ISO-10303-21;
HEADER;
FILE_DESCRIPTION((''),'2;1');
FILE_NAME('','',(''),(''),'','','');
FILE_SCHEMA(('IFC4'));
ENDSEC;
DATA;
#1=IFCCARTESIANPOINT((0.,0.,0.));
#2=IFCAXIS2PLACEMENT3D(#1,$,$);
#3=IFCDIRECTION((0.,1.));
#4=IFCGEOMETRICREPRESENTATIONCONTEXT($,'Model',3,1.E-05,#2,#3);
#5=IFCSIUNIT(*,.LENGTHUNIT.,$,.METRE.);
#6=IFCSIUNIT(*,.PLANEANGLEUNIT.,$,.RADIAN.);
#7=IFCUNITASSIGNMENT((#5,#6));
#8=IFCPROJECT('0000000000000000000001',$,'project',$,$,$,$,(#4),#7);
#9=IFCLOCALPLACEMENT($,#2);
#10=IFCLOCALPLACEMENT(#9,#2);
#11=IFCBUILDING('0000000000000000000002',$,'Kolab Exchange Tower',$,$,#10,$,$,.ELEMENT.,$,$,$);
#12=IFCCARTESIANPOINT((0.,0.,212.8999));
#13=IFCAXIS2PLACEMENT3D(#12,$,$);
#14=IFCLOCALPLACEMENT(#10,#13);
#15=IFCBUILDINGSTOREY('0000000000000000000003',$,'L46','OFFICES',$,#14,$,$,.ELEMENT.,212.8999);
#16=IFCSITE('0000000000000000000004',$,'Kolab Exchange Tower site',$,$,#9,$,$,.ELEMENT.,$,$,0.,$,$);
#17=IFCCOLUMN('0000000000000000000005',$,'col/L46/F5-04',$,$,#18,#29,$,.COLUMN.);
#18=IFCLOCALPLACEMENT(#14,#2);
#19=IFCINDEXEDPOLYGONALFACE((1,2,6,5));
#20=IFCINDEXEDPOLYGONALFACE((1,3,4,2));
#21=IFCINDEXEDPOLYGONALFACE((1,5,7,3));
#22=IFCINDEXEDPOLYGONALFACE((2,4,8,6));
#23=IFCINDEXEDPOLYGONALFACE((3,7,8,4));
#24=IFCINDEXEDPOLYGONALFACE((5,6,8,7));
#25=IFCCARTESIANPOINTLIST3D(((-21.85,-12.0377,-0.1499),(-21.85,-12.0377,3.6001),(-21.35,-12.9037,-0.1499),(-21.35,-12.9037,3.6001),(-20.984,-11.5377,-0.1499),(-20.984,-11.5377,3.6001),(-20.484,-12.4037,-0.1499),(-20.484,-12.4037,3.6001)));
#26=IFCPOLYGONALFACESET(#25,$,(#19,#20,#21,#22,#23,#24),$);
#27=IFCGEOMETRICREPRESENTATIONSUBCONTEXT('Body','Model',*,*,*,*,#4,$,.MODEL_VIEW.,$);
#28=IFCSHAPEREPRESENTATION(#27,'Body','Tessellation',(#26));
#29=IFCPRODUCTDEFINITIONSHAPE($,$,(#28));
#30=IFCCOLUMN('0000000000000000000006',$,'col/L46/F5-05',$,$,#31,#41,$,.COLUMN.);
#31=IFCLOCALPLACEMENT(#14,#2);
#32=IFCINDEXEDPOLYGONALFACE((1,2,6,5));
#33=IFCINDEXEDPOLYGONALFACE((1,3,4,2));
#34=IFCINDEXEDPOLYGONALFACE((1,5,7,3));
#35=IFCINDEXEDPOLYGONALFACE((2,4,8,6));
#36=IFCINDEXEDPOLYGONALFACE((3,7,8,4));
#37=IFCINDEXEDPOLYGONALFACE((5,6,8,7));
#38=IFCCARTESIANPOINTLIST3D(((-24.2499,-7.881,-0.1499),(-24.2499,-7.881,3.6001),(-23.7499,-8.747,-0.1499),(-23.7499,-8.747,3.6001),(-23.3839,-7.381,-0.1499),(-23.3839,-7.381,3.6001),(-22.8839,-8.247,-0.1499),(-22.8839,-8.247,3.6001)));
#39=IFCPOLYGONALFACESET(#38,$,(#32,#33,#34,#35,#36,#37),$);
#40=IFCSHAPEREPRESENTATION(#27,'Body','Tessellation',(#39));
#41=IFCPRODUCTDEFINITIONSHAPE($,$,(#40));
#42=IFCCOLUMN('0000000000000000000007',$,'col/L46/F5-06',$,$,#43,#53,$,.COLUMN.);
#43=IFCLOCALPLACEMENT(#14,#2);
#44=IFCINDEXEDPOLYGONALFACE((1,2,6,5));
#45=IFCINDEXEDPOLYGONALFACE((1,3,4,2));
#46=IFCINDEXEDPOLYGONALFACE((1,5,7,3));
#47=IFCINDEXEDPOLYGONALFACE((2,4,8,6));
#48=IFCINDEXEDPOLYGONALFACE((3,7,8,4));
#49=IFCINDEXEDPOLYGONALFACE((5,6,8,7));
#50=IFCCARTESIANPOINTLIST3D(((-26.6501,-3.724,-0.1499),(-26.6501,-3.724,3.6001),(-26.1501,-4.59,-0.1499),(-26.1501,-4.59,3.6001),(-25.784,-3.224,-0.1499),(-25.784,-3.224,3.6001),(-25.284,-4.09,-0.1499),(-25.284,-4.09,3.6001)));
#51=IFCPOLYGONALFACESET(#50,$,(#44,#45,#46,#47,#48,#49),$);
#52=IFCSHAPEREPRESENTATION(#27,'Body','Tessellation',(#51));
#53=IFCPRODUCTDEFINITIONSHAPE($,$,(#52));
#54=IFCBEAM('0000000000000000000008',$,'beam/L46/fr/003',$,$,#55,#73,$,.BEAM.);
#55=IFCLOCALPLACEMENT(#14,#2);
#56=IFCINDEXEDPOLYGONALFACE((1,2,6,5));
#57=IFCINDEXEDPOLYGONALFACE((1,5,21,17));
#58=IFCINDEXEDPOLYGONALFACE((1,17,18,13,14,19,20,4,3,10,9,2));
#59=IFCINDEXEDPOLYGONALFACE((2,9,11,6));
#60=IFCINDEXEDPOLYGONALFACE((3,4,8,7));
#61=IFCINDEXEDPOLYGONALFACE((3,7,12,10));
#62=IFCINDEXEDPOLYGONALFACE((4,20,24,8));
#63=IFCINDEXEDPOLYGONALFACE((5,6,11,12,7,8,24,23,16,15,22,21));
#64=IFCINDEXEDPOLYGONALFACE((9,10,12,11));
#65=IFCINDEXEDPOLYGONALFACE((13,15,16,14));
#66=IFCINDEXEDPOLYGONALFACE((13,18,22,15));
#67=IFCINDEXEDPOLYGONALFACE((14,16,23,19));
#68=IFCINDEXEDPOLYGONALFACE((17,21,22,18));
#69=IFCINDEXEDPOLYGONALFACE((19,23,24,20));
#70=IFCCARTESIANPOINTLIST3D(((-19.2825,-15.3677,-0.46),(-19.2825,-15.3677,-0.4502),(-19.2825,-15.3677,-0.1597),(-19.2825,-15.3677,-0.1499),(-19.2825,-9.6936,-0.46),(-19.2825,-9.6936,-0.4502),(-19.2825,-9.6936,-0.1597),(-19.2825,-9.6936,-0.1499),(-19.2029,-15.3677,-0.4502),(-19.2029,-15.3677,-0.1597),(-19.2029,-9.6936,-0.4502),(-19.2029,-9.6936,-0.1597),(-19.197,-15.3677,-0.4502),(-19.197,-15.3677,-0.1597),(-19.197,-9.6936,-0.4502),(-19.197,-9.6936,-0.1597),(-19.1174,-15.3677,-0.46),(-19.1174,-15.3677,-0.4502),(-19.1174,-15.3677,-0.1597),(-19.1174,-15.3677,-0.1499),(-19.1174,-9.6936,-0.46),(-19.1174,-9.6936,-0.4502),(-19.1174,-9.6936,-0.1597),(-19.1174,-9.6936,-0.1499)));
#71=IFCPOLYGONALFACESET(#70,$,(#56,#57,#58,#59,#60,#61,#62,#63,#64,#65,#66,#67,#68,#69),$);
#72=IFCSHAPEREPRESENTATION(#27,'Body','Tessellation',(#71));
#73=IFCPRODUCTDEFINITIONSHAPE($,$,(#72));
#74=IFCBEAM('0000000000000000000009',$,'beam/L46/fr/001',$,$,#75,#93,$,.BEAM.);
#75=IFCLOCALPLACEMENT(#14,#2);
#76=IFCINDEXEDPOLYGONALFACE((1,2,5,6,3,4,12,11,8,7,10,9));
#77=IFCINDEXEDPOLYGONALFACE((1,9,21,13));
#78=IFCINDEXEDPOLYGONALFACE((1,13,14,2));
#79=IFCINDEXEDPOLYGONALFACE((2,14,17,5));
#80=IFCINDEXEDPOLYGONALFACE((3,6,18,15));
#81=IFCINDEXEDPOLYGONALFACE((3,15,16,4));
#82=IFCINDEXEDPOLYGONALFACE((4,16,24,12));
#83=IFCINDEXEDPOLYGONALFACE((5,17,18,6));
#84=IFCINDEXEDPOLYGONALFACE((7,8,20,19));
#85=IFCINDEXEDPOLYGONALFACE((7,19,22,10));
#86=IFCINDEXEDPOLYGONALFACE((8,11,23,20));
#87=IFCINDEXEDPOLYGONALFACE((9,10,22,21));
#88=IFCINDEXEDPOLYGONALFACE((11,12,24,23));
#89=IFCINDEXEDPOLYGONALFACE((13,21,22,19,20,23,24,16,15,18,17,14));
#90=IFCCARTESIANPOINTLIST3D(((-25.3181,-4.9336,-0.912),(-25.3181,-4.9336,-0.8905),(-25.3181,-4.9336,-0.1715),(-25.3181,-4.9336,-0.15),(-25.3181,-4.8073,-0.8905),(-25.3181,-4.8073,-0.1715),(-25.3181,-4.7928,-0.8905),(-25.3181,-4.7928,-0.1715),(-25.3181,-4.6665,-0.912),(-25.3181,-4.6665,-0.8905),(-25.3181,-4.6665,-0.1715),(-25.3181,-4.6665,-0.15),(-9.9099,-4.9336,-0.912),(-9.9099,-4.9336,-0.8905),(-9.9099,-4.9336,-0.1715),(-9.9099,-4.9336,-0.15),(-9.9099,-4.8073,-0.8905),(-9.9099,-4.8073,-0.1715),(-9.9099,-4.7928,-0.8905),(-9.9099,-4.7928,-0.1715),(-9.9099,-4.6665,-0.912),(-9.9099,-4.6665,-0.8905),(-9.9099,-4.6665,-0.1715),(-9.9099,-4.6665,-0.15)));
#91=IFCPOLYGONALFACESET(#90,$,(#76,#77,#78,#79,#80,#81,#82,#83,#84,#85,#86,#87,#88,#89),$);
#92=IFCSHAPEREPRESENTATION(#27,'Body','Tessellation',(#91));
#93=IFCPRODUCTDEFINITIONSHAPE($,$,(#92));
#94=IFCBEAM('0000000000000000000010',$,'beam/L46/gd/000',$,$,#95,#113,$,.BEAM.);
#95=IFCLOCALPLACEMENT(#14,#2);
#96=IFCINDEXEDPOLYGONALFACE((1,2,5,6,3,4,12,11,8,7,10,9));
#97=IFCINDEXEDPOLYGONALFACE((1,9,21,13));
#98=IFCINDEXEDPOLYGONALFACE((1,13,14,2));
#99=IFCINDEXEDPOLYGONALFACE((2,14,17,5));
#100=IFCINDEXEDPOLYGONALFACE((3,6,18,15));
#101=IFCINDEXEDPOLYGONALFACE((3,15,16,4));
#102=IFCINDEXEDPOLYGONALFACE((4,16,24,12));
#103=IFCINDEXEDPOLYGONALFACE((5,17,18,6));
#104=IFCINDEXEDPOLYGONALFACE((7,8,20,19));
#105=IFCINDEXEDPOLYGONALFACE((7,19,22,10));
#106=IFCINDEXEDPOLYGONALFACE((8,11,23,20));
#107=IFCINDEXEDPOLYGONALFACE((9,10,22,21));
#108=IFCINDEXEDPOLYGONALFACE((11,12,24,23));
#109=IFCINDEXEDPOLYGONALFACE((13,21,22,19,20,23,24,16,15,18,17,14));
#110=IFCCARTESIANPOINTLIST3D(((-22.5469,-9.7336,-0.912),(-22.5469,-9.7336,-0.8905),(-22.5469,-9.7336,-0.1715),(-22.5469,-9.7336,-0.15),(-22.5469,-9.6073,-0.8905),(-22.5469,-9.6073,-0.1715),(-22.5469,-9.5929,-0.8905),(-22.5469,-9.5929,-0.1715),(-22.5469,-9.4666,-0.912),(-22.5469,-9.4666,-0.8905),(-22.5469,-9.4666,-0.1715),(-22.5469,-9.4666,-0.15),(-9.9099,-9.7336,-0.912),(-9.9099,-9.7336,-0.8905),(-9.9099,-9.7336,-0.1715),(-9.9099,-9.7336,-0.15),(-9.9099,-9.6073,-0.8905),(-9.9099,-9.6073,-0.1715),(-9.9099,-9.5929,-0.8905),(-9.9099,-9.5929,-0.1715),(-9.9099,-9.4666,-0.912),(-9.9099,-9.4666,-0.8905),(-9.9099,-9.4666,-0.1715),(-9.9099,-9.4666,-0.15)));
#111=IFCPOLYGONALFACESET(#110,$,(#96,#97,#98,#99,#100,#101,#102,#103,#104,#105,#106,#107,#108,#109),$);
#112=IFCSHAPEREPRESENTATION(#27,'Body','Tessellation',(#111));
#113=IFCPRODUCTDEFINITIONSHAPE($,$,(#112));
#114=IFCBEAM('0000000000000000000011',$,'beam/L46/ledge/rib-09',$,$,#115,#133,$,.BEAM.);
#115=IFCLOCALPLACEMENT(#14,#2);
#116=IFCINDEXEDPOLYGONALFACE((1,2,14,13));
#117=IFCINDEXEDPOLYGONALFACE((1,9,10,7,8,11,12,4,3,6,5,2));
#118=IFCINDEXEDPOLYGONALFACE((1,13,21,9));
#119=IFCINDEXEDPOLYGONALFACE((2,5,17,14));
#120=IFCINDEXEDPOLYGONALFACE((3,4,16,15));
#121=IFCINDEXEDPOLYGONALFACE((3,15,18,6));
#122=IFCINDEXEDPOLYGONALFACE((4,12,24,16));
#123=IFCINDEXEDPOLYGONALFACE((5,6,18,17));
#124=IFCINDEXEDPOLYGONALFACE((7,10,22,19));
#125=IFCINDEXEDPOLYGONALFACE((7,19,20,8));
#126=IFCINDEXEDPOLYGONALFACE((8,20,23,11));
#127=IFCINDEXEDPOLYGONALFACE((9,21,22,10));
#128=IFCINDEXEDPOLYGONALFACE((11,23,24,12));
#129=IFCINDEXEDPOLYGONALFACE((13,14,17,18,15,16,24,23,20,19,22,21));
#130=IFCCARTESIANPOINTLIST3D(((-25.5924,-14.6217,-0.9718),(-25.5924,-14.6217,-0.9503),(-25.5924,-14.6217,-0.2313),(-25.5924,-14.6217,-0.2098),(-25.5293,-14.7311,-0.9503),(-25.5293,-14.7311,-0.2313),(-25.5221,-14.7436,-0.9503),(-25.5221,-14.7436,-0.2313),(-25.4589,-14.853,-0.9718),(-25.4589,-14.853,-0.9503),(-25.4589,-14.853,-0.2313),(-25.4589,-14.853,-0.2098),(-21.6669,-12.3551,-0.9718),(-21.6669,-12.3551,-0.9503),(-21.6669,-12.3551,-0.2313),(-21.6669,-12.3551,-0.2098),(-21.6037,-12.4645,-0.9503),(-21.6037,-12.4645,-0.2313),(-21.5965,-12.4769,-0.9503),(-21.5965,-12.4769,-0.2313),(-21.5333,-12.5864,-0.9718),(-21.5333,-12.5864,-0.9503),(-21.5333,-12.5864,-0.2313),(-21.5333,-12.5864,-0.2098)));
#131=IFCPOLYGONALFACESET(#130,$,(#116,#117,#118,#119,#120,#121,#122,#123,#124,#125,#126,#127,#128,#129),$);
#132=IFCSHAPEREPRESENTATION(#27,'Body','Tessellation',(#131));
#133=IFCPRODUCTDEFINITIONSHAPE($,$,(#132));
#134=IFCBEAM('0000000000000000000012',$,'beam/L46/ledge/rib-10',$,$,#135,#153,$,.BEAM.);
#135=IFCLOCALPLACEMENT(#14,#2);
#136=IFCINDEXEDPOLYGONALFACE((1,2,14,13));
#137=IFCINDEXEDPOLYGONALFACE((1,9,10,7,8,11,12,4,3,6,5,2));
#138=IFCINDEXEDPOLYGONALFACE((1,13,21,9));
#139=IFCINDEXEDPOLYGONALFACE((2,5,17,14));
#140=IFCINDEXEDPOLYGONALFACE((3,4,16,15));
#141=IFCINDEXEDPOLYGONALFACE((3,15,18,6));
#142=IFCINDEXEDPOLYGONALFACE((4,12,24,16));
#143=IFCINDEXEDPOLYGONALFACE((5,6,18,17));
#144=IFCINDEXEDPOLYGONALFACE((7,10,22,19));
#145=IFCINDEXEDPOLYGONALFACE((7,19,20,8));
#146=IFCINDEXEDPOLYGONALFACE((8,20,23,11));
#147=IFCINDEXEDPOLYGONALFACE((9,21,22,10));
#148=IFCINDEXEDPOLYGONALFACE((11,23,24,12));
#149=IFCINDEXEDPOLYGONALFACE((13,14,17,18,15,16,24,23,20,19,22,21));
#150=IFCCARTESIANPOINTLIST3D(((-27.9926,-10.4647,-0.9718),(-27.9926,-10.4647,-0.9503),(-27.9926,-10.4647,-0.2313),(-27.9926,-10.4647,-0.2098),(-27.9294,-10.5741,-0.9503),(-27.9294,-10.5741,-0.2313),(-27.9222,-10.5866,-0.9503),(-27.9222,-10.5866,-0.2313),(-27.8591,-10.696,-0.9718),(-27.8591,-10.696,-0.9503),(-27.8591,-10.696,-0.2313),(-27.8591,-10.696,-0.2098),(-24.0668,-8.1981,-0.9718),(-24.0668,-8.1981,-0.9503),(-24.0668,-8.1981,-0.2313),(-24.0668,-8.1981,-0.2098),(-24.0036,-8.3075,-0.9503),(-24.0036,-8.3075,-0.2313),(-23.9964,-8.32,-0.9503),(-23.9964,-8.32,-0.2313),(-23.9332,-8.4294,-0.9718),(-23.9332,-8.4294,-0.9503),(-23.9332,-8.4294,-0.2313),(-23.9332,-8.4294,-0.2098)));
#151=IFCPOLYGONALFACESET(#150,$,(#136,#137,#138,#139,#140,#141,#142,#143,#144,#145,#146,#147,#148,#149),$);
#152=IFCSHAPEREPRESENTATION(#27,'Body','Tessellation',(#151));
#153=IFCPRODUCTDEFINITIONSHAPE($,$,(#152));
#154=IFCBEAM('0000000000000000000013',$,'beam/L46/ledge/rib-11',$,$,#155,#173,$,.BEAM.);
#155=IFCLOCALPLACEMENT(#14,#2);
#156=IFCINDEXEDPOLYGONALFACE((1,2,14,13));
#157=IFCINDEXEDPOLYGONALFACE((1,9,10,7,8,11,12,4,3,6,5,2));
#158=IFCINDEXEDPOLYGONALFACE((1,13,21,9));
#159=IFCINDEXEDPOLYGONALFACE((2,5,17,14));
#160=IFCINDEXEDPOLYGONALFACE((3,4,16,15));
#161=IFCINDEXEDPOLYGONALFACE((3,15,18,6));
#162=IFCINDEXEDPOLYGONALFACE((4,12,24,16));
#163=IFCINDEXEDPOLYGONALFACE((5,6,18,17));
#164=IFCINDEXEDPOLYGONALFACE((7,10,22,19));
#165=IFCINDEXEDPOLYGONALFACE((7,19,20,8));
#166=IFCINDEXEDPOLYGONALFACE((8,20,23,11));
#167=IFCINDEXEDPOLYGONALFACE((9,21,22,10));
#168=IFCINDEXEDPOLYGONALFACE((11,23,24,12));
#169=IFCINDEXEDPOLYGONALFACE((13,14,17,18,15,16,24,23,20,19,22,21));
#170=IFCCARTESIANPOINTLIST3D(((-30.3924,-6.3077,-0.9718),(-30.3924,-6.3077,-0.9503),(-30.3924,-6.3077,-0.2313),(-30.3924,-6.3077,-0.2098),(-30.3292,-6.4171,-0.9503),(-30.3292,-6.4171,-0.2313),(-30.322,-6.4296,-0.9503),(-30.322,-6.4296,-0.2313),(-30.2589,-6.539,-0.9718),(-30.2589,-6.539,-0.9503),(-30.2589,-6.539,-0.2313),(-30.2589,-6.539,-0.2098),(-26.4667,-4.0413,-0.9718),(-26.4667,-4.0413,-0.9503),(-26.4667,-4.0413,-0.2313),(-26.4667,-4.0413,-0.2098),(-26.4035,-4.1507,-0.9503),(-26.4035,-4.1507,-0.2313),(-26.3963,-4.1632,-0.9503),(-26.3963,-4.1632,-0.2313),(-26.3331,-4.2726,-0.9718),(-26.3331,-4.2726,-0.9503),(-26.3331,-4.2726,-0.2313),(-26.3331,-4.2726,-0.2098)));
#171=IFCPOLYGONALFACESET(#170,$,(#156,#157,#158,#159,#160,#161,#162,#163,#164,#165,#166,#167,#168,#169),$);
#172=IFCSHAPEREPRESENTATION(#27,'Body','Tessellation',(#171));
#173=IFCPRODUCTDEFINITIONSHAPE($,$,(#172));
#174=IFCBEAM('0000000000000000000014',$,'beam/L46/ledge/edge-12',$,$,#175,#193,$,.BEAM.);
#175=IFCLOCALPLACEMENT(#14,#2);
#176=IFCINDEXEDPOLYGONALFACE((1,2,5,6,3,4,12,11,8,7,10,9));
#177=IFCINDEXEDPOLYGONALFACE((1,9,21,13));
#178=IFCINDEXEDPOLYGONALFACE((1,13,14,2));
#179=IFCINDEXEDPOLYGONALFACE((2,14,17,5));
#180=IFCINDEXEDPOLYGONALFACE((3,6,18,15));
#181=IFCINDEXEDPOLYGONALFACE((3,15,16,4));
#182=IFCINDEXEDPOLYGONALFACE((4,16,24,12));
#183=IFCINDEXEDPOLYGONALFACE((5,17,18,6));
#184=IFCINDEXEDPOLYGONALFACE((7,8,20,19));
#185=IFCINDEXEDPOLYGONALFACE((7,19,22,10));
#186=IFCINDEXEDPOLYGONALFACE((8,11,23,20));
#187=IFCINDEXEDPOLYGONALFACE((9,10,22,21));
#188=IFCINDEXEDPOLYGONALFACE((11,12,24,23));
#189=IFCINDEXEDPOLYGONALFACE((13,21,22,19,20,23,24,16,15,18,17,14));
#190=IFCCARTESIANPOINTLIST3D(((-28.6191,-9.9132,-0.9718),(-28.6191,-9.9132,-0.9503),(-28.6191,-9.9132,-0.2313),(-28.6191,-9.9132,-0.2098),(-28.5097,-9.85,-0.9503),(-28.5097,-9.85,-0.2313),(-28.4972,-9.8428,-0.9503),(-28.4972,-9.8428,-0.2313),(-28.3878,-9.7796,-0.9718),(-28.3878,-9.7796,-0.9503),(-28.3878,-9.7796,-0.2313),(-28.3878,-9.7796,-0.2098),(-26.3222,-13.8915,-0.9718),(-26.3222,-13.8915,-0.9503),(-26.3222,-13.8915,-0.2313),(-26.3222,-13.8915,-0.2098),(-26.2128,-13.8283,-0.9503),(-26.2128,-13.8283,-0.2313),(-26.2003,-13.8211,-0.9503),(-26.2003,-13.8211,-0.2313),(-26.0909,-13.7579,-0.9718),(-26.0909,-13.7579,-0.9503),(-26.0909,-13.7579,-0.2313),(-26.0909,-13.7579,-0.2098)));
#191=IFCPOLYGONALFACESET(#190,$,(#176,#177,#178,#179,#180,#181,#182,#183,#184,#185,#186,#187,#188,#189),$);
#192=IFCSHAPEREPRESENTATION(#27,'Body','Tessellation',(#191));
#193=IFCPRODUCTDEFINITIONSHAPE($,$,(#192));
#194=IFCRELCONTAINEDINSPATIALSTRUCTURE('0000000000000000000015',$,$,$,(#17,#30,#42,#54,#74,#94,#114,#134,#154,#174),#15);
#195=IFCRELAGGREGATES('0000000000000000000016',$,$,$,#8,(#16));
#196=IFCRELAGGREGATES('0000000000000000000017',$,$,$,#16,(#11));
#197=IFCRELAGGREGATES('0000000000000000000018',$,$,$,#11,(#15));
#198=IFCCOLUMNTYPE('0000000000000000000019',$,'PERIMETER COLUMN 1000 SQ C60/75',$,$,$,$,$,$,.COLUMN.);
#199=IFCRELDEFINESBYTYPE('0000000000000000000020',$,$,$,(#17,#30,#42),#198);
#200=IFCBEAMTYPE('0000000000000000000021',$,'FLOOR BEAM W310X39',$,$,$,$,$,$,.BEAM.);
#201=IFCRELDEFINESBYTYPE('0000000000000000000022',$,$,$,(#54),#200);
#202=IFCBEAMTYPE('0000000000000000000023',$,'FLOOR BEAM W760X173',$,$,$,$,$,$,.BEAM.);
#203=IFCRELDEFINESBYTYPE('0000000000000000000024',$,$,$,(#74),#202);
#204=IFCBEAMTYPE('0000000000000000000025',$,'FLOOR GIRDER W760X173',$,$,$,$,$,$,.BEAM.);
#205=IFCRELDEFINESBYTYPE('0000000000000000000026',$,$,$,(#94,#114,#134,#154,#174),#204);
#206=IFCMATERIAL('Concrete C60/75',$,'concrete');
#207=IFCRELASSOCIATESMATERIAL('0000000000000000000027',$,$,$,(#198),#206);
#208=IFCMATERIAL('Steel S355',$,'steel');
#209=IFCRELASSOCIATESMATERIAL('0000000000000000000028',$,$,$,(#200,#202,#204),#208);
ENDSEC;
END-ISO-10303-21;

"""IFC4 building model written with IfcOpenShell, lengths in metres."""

from ifc_helpers import new_model, si_unit, direction, frame, origin, origin_2d, place, context, subcontext, project, spatial, rectangle, i_section, extrude, material, material_profile, profile_set, type_object, element, save


model = new_model("IFC4")

# Units and contexts
model_context = context("Model", 3, precision=1e-05, world=origin(), true_north=direction((0.0, 1.0)))
body_context = subcontext(model_context, "Body", "Model", "MODEL_VIEW")
ifc_project = project(units=[si_unit("LENGTHUNIT", "METRE"), si_unit("PLANEANGLEUNIT", "RADIAN")], contexts=[model_context])

# Site, building, storey
site_placement = place(None, origin())
site = spatial("IfcSite", under=ifc_project, at=site_placement, Name="Kolab Exchange Tower site", CompositionType="ELEMENT", RefElevation=0.0)
building_placement = place(site_placement, origin())
building = spatial("IfcBuilding", under=site, at=building_placement, Name="Kolab Exchange Tower", CompositionType="ELEMENT")
storey_placement = place(building_placement, frame((0.0, 0.0, 212.8999)))
storey = spatial("IfcBuildingStorey", under=building, at=storey_placement, Name="L46", Description="OFFICES", CompositionType="ELEMENT", Elevation=212.8999)

# Columns
ifc_material_1 = material(Name="Concrete C60/75", Category="concrete")
ifc_material_profile_1 = material_profile(ifc_material_1, rectangle(XDim=1.0, YDim=1.0, at=origin_2d()), Name="RC1000")
ifc_profile_set_1 = profile_set([ifc_material_profile_1], Name="Concrete C60/75")
column_type = type_object("IfcColumnType", Name="PERIMETER COLUMN 1000 SQ C60/75", PredefinedType="COLUMN", material=ifc_profile_set_1)
for number, where, z_axis, x_axis, name in (
    (1, (-21.167, -12.2207, -0.1499), (0.0, 0.0, 1.0), (0.866025, 0.5, 0.0), "col/L46/F5-04"),
    (2, (-23.5669, -8.064, -0.1499), (0.0, 0.0, 1.0), (0.866025, 0.5, 0.0), "col/L46/F5-05"),
    (3, (-25.967, -3.907, -0.1499), (0.0, 0.0, 1.0), (0.866025, 0.5, 0.0), "col/L46/F5-06"),
):
    element("IfcColumn", number, at=place(storey_placement, frame(where, z_axis=z_axis, x_axis=x_axis)), inside=storey, type_object=column_type, Name=name, PredefinedType="COLUMN", context=body_context, shape_type="SweptSolid", body=[
        extrude(rectangle(XDim=1.0, YDim=1.0, at=origin_2d()), origin(), (0.0, 0.0, 1.0), 3.75),
    ])

# Beams
ifc_material_2 = material(Name="Steel S355", Category="steel")
ifc_material_profile_2 = material_profile(ifc_material_2, i_section(OverallWidth=0.165, OverallDepth=0.3101, WebThickness=0.0059, FlangeThickness=0.0098, at=origin_2d()), Name="W310X39")
ifc_profile_set_2 = profile_set([ifc_material_profile_2], Name="Steel S355")
beam_type_1 = type_object("IfcBeamType", Name="FLOOR BEAM W310X39", PredefinedType="BEAM", material=ifc_profile_set_2)
beam_1_placement = place(storey_placement, frame((-19.2, -15.3677, -0.3049), z_axis=(0.0, 1.0, 0.0), x_axis=(-1.0, 0.0, 0.0)))
element("IfcBeam", 4, at=beam_1_placement, inside=storey, type_object=beam_type_1, Name="beam/L46/fr/003", PredefinedType="BEAM", context=body_context, shape_type="SweptSolid", body=[
    extrude(i_section(OverallWidth=0.165, OverallDepth=0.3101, WebThickness=0.0059, FlangeThickness=0.0098, at=origin_2d()), origin(), (0.0, 0.0, 1.0), 5.6741),
])
ifc_material_profile_3 = material_profile(ifc_material_2, i_section(OverallWidth=0.2671, OverallDepth=0.762, WebThickness=0.0144, FlangeThickness=0.0215, at=origin_2d()), Name="W760X173")
ifc_profile_set_3 = profile_set([ifc_material_profile_3], Name="Steel S355")
beam_type_2 = type_object("IfcBeamType", Name="FLOOR BEAM W760X173", PredefinedType="BEAM", material=ifc_profile_set_3)
beam_2_placement = place(storey_placement, frame((-25.3181, -4.8, -0.531), z_axis=(1.0, 0.0, 0.0), x_axis=(0.0, 1.0, 0.0)))
element("IfcBeam", 5, at=beam_2_placement, inside=storey, type_object=beam_type_2, Name="beam/L46/fr/001", PredefinedType="BEAM", context=body_context, shape_type="SweptSolid", body=[
    extrude(i_section(OverallWidth=0.2671, OverallDepth=0.762, WebThickness=0.0144, FlangeThickness=0.0215, at=origin_2d()), origin(), (0.0, 0.0, 1.0), 15.4082),
])
ifc_material_profile_4 = material_profile(ifc_material_2, i_section(OverallWidth=0.2671, OverallDepth=0.762, WebThickness=0.0144, FlangeThickness=0.0215, at=origin_2d()), Name="W760X173")
ifc_profile_set_4 = profile_set([ifc_material_profile_4], Name="Steel S355")
beam_type_3 = type_object("IfcBeamType", Name="FLOOR GIRDER W760X173", PredefinedType="BEAM", material=ifc_profile_set_4)
beam_3_placement = place(storey_placement, frame((-22.5469, -9.6001, -0.531), z_axis=(1.0, 0.0, 0.0), x_axis=(0.0, 1.0, 0.0)))
element("IfcBeam", 6, at=beam_3_placement, inside=storey, type_object=beam_type_3, Name="beam/L46/gd/000", PredefinedType="BEAM", context=body_context, shape_type="SweptSolid", body=[
    extrude(i_section(OverallWidth=0.2671, OverallDepth=0.762, WebThickness=0.0144, FlangeThickness=0.0215, at=origin_2d()), origin(), (0.0, 0.0, 1.0), 12.637),
])
beam_4_placement = place(storey_placement, frame((-21.6001, -12.4707, -0.5908), z_axis=(-0.866007, -0.500032, 0.0), x_axis=(0.500032, -0.866007, 0.0)))
element("IfcBeam", 7, at=beam_4_placement, inside=storey, type_object=beam_type_3, Name="beam/L46/ledge/rib-09", PredefinedType="BEAM", context=body_context, shape_type="SweptSolid", body=[
    extrude(i_section(OverallWidth=0.2671, OverallDepth=0.762, WebThickness=0.0144, FlangeThickness=0.0215, at=origin_2d()), origin(), (0.0, 0.0, 1.0), 4.533),
])
beam_5_placement = place(storey_placement, frame((-24.0, -8.3137, -0.5908), z_axis=(-0.866021, -0.500008, 0.0), x_axis=(0.500008, -0.866021, 0.0)))
element("IfcBeam", 8, at=beam_5_placement, inside=storey, type_object=beam_type_3, Name="beam/L46/ledge/rib-10", PredefinedType="BEAM", context=body_context, shape_type="SweptSolid", body=[
    extrude(i_section(OverallWidth=0.2671, OverallDepth=0.762, WebThickness=0.0144, FlangeThickness=0.0215, at=origin_2d()), origin(), (0.0, 0.0, 1.0), 4.5332),
])
beam_6_placement = place(storey_placement, frame((-26.3999, -4.157, -0.5908), z_axis=(-0.866044, -0.499968, 0.0), x_axis=(0.499968, -0.866044, 0.0)))
element("IfcBeam", 9, at=beam_6_placement, inside=storey, type_object=beam_type_3, Name="beam/L46/ledge/rib-11", PredefinedType="BEAM", context=body_context, shape_type="SweptSolid", body=[
    extrude(i_section(OverallWidth=0.2671, OverallDepth=0.762, WebThickness=0.0144, FlangeThickness=0.0215, at=origin_2d()), origin(), (0.0, 0.0, 1.0), 4.533),
])
beam_7_placement = place(storey_placement, frame((-26.2065, -13.8247, -0.5908), z_axis=(-0.500003, 0.866024, 0.0), x_axis=(-0.866024, -0.500003, 0.0)))
element("IfcBeam", 10, at=beam_7_placement, inside=storey, type_object=beam_type_3, Name="beam/L46/ledge/edge-12", PredefinedType="BEAM", context=body_context, shape_type="SweptSolid", body=[
    extrude(i_section(OverallWidth=0.2671, OverallDepth=0.762, WebThickness=0.0144, FlangeThickness=0.0215, at=origin_2d()), origin(), (0.0, 0.0, 1.0), 4.5938),
])

save(model, "model.ifc")
